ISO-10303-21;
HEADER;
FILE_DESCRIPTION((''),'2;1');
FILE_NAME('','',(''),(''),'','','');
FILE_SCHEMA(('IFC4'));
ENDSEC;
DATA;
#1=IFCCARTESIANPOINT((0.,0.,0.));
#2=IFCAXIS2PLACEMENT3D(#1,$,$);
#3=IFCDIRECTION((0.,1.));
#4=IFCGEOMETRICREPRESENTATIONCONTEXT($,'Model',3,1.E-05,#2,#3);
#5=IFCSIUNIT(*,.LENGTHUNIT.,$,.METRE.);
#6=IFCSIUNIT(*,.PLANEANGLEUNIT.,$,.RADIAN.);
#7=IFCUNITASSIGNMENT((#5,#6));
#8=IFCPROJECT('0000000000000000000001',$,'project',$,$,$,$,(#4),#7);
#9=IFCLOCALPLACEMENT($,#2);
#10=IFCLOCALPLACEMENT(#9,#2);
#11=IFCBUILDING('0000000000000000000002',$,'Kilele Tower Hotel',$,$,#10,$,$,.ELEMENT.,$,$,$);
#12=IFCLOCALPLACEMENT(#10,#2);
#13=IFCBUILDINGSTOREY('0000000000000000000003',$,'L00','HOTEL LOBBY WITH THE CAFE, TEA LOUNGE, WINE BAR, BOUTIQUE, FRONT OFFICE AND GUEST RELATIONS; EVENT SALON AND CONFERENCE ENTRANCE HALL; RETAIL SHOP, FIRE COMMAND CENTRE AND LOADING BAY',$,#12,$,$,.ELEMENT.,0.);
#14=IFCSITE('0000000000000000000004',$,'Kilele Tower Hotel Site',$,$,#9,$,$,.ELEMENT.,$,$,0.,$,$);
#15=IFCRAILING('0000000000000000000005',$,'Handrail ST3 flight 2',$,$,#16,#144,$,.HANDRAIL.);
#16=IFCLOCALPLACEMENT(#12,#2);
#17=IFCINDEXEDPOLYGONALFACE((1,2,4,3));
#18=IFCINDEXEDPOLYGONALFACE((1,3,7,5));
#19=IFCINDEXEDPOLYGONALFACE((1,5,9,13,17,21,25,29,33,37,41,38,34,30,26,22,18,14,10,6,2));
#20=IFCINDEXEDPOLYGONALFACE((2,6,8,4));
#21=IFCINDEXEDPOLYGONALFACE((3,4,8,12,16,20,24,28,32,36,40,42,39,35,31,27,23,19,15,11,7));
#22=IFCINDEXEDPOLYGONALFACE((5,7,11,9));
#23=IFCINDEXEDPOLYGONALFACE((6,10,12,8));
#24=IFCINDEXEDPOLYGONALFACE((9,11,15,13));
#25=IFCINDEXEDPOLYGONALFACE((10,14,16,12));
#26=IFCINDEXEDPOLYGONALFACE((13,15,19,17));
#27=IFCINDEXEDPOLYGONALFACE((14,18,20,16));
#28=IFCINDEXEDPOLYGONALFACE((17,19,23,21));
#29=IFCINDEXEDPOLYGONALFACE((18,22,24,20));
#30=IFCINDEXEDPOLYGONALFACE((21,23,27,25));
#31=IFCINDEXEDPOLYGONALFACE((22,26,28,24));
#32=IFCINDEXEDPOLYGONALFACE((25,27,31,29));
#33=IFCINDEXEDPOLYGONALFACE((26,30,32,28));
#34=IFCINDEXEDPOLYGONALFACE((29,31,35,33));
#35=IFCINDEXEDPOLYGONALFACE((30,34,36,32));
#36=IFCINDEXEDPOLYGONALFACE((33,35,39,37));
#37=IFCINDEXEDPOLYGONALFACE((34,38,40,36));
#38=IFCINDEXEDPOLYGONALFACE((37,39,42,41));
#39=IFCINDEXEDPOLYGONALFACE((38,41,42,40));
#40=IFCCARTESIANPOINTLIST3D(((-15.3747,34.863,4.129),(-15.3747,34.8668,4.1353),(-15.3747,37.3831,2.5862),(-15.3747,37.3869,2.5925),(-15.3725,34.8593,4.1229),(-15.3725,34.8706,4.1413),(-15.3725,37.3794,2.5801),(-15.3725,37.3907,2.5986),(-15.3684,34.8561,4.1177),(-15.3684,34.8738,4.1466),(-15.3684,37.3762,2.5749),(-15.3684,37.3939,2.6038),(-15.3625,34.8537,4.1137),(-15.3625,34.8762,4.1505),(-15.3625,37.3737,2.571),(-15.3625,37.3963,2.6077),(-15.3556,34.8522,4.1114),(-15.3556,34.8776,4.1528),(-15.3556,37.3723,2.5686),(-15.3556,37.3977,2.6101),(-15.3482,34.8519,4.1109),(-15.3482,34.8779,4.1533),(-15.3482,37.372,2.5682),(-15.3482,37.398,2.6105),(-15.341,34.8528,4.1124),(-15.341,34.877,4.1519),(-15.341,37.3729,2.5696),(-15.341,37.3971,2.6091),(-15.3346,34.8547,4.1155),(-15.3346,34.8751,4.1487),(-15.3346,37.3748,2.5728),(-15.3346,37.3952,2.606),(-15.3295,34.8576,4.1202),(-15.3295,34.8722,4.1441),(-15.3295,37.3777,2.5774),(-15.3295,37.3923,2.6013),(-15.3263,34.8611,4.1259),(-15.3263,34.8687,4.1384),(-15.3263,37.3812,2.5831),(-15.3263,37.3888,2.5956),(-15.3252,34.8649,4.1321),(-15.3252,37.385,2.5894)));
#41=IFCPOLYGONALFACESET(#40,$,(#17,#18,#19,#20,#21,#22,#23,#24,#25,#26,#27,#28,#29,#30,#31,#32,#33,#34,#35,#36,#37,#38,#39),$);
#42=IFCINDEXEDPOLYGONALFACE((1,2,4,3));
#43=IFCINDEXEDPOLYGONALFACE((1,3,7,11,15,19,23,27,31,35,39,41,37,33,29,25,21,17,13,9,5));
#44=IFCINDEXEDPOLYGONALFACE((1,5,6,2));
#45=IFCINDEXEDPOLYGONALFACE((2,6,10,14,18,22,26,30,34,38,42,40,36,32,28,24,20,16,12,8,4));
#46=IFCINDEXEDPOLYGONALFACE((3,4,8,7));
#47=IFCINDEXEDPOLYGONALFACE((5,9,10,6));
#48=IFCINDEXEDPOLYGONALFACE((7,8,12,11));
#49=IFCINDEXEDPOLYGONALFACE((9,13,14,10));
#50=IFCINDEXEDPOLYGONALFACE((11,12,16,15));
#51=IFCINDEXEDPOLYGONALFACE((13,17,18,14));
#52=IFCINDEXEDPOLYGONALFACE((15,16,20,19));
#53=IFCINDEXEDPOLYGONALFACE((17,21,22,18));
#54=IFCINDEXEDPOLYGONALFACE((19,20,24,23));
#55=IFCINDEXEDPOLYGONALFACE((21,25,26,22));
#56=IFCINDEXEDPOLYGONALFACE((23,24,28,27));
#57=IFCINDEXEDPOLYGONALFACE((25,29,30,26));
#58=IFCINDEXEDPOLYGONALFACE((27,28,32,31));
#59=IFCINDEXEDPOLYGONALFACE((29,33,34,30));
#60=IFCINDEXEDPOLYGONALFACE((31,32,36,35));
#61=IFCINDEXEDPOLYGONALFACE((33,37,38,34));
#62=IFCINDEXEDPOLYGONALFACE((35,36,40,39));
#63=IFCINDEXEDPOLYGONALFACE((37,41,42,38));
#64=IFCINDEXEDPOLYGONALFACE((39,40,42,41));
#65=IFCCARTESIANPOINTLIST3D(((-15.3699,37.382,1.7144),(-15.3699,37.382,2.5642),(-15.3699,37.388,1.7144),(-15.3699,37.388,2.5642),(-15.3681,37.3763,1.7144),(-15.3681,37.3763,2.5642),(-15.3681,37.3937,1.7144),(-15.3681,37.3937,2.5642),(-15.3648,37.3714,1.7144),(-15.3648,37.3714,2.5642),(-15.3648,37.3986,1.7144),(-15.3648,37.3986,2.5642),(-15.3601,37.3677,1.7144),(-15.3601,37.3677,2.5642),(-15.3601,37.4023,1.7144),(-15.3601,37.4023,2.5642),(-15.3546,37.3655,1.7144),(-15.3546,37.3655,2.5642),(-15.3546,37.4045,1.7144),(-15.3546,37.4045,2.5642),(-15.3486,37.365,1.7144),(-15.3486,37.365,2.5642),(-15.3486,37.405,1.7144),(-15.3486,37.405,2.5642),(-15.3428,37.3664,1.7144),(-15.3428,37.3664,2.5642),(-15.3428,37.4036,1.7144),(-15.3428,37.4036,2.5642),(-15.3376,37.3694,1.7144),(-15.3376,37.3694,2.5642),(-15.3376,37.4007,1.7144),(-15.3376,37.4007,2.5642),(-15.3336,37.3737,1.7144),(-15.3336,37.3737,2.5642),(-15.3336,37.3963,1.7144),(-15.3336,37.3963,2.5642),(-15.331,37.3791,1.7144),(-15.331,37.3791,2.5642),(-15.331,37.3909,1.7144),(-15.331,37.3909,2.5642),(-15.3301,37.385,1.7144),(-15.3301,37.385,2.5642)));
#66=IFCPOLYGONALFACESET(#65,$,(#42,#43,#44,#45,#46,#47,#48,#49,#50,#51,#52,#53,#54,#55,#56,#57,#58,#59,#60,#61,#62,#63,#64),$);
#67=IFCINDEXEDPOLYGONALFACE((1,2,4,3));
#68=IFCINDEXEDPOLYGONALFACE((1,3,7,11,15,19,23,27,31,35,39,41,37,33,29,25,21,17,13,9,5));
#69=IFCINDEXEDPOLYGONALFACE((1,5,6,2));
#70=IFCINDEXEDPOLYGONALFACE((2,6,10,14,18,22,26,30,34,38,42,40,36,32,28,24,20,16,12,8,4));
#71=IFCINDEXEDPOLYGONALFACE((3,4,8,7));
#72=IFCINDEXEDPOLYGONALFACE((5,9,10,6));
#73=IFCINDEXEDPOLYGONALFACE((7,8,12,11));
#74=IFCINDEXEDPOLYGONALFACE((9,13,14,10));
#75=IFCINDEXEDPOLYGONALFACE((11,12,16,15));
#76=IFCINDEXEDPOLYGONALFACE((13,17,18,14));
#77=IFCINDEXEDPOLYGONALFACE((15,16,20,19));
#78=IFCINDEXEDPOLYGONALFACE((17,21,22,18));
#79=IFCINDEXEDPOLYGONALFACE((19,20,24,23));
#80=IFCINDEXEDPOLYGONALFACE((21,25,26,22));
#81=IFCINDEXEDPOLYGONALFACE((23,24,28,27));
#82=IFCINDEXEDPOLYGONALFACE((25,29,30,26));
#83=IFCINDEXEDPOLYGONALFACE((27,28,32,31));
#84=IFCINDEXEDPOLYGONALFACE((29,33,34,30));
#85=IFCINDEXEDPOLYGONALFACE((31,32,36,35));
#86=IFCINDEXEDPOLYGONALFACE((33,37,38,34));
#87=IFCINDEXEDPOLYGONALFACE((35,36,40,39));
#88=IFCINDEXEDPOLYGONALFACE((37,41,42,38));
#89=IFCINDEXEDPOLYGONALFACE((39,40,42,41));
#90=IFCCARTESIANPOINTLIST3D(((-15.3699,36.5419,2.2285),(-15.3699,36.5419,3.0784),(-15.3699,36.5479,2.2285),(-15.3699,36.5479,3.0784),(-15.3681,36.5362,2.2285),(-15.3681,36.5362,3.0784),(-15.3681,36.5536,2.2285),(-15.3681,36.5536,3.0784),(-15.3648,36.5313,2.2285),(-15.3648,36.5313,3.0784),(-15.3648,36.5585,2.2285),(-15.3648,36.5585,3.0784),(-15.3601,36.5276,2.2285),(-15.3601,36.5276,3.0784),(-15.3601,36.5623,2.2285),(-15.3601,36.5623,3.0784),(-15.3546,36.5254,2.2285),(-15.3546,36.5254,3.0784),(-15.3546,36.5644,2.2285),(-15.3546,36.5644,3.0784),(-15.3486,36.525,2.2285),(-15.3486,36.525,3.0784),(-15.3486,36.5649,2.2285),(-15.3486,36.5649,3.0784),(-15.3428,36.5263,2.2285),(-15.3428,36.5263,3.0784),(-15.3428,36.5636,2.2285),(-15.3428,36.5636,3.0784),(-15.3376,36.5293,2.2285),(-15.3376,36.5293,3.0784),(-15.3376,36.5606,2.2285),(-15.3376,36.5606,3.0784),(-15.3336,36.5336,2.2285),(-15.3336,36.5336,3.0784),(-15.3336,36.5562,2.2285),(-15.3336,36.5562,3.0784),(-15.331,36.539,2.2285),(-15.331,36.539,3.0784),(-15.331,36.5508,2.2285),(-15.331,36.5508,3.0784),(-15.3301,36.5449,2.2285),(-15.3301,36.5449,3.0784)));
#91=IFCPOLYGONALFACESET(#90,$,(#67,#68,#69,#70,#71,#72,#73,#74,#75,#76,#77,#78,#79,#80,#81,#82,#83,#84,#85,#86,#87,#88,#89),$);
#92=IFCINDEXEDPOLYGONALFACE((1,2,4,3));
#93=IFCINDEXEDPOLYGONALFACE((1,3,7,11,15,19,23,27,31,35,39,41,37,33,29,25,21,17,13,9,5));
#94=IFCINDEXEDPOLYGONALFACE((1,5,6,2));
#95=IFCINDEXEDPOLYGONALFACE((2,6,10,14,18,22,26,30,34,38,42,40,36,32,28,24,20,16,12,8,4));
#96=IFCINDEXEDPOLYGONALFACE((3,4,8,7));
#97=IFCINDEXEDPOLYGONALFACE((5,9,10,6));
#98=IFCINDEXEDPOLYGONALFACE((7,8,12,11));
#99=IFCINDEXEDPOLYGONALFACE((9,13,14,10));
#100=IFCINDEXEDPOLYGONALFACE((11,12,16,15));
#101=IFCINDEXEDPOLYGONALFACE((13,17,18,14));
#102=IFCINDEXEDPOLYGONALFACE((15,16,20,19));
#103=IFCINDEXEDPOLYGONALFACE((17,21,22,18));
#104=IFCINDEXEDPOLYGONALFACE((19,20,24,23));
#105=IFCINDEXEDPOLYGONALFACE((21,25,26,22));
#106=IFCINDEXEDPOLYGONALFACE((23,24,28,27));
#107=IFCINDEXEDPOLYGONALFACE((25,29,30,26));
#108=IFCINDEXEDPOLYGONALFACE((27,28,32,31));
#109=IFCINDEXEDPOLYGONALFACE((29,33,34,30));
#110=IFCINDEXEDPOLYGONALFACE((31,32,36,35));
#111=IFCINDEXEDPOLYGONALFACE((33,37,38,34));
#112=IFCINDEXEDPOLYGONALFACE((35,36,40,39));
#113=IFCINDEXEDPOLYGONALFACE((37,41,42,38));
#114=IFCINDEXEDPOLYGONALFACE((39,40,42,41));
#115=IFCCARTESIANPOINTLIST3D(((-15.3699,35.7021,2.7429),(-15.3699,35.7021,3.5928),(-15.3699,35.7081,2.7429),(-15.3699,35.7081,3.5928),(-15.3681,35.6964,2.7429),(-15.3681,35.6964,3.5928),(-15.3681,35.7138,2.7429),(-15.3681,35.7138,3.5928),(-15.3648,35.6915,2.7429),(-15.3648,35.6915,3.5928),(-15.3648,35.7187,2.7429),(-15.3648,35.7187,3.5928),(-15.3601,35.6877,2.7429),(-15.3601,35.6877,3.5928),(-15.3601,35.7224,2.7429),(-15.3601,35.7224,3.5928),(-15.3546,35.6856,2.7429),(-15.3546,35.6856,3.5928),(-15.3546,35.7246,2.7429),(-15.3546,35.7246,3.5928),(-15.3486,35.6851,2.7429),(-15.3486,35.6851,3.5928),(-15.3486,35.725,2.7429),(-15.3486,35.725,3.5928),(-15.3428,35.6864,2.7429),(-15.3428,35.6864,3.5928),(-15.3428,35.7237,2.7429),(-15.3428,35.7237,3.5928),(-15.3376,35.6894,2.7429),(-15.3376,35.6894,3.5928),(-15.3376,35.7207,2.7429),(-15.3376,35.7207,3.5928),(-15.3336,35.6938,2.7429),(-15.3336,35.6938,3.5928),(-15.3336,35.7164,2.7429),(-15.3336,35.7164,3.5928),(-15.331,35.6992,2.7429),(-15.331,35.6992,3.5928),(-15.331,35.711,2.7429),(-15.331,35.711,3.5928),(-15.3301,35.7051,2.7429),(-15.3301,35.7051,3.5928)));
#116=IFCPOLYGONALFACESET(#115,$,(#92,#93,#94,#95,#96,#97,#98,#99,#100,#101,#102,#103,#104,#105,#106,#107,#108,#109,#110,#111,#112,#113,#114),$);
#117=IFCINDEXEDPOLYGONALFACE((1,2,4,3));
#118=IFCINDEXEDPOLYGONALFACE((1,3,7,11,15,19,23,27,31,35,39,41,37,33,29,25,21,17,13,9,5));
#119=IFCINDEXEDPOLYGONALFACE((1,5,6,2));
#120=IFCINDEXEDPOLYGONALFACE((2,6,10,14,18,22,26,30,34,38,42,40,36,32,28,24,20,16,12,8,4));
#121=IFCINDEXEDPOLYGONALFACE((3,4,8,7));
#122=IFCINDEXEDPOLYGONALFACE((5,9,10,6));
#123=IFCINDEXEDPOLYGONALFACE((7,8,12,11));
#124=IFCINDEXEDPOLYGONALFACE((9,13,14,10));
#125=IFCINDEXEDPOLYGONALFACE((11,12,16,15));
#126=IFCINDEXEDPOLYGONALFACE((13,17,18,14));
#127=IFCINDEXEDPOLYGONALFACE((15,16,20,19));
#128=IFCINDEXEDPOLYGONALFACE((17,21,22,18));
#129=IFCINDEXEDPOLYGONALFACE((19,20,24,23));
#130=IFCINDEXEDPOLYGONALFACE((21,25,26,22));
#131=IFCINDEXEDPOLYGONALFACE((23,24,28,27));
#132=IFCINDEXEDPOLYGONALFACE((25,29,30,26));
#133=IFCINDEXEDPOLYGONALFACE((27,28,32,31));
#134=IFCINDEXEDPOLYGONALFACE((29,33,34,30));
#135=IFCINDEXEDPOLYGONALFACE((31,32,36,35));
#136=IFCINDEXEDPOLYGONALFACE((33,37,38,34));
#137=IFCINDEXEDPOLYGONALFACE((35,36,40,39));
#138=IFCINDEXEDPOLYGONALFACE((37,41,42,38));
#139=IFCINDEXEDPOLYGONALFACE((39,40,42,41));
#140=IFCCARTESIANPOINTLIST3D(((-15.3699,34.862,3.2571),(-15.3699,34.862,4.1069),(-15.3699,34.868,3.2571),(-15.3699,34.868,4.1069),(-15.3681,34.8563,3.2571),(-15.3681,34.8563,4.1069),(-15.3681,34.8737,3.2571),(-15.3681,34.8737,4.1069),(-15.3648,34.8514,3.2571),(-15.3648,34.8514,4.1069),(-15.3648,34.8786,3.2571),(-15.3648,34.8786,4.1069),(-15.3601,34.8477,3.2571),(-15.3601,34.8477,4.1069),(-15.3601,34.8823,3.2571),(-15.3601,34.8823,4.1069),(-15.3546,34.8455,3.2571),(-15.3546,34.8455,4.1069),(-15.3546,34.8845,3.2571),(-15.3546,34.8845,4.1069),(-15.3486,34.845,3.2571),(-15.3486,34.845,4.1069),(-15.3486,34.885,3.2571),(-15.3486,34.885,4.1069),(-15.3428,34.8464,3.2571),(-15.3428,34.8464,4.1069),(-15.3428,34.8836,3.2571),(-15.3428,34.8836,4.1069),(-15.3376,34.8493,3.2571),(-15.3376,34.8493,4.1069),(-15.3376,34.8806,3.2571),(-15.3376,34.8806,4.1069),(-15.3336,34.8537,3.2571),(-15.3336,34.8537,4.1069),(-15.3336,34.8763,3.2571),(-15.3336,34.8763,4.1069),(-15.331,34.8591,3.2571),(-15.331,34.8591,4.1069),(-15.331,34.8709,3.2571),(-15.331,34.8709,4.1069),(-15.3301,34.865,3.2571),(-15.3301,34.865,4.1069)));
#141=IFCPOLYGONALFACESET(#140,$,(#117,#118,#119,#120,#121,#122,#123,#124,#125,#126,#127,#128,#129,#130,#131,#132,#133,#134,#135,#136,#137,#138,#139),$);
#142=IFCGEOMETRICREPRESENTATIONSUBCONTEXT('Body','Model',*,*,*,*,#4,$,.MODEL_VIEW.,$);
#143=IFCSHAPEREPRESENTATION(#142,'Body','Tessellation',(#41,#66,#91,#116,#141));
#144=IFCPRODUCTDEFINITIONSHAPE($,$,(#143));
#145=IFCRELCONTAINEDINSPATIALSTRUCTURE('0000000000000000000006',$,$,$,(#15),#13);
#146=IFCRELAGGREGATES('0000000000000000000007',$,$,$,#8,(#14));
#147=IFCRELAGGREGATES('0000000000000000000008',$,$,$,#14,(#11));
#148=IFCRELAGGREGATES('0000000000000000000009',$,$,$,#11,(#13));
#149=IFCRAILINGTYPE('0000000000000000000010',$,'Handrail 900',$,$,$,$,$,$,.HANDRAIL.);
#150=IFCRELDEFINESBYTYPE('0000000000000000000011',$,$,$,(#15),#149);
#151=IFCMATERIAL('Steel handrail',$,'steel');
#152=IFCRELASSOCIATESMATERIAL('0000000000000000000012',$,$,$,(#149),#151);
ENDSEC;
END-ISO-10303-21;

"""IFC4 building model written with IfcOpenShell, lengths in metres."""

from ifc_helpers import new_model, si_unit, direction, frame, origin, origin_2d, place, context, subcontext, project, spatial, circle, extrude, material, type_object, element, save


model = new_model("IFC4")

# Units and contexts
model_context = context("Model", 3, precision=1e-05, world=origin(), true_north=direction((0.0, 1.0)))
body_context = subcontext(model_context, "Body", "Model", "MODEL_VIEW")
ifc_project = project(units=[si_unit("LENGTHUNIT", "METRE"), si_unit("PLANEANGLEUNIT", "RADIAN")], contexts=[model_context])

# Site, building, storey
site_placement = place(None, origin())
site = spatial("IfcSite", under=ifc_project, at=site_placement, Name="Kilele Tower Hotel Site", CompositionType="ELEMENT", RefElevation=0.0)
building_placement = place(site_placement, origin())
building = spatial("IfcBuilding", under=site, at=building_placement, Name="Kilele Tower Hotel", CompositionType="ELEMENT")
storey_placement = place(building_placement, origin())
storey = spatial("IfcBuildingStorey", under=building, at=storey_placement, Name="L00", Description="HOTEL LOBBY WITH THE CAFE, TEA LOUNGE, WINE BAR, BOUTIQUE, FRONT OFFICE AND GUEST RELATIONS; EVENT SALON AND CONFERENCE ENTRANCE HALL; RETAIL SHOP, FIRE COMMAND CENTRE AND LOADING BAY", CompositionType="ELEMENT", Elevation=0.0)

# Railing
ifc_material_1 = material(Name="Steel handrail", Category="steel")
railing_type_1 = type_object("IfcRailingType", Name="Handrail 900", PredefinedType="HANDRAIL", material=ifc_material_1)
for number, where, name in (
    (1, (-15.3501, 37.385, 1.7144), "Handrail ST3 flight 2"),
):
    element("IfcRailing", number, at=place(storey_placement, frame(where)), inside=storey, type_object=railing_type_1, Name=name, PredefinedType="HANDRAIL", context=body_context, shape_type="SweptSolid", body=[
        extrude(circle(Radius=0.0249, at=origin_2d()), frame((0.0, 0.0, 0.875), z_axis=(0.0, -0.852873, 0.522118), x_axis=(1.0, 0.0, 0.0)), (0.0, 0.0, 1.0), 2.9548),
        extrude(circle(Radius=0.02, at=origin_2d()), origin(), (0.0, 0.0, 1.0), 0.8499),
        extrude(circle(Radius=0.02, at=origin_2d()), frame((0.0, -0.8401, 0.5142)), (0.0, 0.0, 1.0), 0.8499),
        extrude(circle(Radius=0.02, at=origin_2d()), frame((0.0, -1.6799, 1.0286)), (0.0, 0.0, 1.0), 0.8499),
        extrude(circle(Radius=0.02, at=origin_2d()), frame((0.0, -2.52, 1.5427)), (0.0, 0.0, 1.0), 0.8499),
    ])

save(model, "model.ifc")
